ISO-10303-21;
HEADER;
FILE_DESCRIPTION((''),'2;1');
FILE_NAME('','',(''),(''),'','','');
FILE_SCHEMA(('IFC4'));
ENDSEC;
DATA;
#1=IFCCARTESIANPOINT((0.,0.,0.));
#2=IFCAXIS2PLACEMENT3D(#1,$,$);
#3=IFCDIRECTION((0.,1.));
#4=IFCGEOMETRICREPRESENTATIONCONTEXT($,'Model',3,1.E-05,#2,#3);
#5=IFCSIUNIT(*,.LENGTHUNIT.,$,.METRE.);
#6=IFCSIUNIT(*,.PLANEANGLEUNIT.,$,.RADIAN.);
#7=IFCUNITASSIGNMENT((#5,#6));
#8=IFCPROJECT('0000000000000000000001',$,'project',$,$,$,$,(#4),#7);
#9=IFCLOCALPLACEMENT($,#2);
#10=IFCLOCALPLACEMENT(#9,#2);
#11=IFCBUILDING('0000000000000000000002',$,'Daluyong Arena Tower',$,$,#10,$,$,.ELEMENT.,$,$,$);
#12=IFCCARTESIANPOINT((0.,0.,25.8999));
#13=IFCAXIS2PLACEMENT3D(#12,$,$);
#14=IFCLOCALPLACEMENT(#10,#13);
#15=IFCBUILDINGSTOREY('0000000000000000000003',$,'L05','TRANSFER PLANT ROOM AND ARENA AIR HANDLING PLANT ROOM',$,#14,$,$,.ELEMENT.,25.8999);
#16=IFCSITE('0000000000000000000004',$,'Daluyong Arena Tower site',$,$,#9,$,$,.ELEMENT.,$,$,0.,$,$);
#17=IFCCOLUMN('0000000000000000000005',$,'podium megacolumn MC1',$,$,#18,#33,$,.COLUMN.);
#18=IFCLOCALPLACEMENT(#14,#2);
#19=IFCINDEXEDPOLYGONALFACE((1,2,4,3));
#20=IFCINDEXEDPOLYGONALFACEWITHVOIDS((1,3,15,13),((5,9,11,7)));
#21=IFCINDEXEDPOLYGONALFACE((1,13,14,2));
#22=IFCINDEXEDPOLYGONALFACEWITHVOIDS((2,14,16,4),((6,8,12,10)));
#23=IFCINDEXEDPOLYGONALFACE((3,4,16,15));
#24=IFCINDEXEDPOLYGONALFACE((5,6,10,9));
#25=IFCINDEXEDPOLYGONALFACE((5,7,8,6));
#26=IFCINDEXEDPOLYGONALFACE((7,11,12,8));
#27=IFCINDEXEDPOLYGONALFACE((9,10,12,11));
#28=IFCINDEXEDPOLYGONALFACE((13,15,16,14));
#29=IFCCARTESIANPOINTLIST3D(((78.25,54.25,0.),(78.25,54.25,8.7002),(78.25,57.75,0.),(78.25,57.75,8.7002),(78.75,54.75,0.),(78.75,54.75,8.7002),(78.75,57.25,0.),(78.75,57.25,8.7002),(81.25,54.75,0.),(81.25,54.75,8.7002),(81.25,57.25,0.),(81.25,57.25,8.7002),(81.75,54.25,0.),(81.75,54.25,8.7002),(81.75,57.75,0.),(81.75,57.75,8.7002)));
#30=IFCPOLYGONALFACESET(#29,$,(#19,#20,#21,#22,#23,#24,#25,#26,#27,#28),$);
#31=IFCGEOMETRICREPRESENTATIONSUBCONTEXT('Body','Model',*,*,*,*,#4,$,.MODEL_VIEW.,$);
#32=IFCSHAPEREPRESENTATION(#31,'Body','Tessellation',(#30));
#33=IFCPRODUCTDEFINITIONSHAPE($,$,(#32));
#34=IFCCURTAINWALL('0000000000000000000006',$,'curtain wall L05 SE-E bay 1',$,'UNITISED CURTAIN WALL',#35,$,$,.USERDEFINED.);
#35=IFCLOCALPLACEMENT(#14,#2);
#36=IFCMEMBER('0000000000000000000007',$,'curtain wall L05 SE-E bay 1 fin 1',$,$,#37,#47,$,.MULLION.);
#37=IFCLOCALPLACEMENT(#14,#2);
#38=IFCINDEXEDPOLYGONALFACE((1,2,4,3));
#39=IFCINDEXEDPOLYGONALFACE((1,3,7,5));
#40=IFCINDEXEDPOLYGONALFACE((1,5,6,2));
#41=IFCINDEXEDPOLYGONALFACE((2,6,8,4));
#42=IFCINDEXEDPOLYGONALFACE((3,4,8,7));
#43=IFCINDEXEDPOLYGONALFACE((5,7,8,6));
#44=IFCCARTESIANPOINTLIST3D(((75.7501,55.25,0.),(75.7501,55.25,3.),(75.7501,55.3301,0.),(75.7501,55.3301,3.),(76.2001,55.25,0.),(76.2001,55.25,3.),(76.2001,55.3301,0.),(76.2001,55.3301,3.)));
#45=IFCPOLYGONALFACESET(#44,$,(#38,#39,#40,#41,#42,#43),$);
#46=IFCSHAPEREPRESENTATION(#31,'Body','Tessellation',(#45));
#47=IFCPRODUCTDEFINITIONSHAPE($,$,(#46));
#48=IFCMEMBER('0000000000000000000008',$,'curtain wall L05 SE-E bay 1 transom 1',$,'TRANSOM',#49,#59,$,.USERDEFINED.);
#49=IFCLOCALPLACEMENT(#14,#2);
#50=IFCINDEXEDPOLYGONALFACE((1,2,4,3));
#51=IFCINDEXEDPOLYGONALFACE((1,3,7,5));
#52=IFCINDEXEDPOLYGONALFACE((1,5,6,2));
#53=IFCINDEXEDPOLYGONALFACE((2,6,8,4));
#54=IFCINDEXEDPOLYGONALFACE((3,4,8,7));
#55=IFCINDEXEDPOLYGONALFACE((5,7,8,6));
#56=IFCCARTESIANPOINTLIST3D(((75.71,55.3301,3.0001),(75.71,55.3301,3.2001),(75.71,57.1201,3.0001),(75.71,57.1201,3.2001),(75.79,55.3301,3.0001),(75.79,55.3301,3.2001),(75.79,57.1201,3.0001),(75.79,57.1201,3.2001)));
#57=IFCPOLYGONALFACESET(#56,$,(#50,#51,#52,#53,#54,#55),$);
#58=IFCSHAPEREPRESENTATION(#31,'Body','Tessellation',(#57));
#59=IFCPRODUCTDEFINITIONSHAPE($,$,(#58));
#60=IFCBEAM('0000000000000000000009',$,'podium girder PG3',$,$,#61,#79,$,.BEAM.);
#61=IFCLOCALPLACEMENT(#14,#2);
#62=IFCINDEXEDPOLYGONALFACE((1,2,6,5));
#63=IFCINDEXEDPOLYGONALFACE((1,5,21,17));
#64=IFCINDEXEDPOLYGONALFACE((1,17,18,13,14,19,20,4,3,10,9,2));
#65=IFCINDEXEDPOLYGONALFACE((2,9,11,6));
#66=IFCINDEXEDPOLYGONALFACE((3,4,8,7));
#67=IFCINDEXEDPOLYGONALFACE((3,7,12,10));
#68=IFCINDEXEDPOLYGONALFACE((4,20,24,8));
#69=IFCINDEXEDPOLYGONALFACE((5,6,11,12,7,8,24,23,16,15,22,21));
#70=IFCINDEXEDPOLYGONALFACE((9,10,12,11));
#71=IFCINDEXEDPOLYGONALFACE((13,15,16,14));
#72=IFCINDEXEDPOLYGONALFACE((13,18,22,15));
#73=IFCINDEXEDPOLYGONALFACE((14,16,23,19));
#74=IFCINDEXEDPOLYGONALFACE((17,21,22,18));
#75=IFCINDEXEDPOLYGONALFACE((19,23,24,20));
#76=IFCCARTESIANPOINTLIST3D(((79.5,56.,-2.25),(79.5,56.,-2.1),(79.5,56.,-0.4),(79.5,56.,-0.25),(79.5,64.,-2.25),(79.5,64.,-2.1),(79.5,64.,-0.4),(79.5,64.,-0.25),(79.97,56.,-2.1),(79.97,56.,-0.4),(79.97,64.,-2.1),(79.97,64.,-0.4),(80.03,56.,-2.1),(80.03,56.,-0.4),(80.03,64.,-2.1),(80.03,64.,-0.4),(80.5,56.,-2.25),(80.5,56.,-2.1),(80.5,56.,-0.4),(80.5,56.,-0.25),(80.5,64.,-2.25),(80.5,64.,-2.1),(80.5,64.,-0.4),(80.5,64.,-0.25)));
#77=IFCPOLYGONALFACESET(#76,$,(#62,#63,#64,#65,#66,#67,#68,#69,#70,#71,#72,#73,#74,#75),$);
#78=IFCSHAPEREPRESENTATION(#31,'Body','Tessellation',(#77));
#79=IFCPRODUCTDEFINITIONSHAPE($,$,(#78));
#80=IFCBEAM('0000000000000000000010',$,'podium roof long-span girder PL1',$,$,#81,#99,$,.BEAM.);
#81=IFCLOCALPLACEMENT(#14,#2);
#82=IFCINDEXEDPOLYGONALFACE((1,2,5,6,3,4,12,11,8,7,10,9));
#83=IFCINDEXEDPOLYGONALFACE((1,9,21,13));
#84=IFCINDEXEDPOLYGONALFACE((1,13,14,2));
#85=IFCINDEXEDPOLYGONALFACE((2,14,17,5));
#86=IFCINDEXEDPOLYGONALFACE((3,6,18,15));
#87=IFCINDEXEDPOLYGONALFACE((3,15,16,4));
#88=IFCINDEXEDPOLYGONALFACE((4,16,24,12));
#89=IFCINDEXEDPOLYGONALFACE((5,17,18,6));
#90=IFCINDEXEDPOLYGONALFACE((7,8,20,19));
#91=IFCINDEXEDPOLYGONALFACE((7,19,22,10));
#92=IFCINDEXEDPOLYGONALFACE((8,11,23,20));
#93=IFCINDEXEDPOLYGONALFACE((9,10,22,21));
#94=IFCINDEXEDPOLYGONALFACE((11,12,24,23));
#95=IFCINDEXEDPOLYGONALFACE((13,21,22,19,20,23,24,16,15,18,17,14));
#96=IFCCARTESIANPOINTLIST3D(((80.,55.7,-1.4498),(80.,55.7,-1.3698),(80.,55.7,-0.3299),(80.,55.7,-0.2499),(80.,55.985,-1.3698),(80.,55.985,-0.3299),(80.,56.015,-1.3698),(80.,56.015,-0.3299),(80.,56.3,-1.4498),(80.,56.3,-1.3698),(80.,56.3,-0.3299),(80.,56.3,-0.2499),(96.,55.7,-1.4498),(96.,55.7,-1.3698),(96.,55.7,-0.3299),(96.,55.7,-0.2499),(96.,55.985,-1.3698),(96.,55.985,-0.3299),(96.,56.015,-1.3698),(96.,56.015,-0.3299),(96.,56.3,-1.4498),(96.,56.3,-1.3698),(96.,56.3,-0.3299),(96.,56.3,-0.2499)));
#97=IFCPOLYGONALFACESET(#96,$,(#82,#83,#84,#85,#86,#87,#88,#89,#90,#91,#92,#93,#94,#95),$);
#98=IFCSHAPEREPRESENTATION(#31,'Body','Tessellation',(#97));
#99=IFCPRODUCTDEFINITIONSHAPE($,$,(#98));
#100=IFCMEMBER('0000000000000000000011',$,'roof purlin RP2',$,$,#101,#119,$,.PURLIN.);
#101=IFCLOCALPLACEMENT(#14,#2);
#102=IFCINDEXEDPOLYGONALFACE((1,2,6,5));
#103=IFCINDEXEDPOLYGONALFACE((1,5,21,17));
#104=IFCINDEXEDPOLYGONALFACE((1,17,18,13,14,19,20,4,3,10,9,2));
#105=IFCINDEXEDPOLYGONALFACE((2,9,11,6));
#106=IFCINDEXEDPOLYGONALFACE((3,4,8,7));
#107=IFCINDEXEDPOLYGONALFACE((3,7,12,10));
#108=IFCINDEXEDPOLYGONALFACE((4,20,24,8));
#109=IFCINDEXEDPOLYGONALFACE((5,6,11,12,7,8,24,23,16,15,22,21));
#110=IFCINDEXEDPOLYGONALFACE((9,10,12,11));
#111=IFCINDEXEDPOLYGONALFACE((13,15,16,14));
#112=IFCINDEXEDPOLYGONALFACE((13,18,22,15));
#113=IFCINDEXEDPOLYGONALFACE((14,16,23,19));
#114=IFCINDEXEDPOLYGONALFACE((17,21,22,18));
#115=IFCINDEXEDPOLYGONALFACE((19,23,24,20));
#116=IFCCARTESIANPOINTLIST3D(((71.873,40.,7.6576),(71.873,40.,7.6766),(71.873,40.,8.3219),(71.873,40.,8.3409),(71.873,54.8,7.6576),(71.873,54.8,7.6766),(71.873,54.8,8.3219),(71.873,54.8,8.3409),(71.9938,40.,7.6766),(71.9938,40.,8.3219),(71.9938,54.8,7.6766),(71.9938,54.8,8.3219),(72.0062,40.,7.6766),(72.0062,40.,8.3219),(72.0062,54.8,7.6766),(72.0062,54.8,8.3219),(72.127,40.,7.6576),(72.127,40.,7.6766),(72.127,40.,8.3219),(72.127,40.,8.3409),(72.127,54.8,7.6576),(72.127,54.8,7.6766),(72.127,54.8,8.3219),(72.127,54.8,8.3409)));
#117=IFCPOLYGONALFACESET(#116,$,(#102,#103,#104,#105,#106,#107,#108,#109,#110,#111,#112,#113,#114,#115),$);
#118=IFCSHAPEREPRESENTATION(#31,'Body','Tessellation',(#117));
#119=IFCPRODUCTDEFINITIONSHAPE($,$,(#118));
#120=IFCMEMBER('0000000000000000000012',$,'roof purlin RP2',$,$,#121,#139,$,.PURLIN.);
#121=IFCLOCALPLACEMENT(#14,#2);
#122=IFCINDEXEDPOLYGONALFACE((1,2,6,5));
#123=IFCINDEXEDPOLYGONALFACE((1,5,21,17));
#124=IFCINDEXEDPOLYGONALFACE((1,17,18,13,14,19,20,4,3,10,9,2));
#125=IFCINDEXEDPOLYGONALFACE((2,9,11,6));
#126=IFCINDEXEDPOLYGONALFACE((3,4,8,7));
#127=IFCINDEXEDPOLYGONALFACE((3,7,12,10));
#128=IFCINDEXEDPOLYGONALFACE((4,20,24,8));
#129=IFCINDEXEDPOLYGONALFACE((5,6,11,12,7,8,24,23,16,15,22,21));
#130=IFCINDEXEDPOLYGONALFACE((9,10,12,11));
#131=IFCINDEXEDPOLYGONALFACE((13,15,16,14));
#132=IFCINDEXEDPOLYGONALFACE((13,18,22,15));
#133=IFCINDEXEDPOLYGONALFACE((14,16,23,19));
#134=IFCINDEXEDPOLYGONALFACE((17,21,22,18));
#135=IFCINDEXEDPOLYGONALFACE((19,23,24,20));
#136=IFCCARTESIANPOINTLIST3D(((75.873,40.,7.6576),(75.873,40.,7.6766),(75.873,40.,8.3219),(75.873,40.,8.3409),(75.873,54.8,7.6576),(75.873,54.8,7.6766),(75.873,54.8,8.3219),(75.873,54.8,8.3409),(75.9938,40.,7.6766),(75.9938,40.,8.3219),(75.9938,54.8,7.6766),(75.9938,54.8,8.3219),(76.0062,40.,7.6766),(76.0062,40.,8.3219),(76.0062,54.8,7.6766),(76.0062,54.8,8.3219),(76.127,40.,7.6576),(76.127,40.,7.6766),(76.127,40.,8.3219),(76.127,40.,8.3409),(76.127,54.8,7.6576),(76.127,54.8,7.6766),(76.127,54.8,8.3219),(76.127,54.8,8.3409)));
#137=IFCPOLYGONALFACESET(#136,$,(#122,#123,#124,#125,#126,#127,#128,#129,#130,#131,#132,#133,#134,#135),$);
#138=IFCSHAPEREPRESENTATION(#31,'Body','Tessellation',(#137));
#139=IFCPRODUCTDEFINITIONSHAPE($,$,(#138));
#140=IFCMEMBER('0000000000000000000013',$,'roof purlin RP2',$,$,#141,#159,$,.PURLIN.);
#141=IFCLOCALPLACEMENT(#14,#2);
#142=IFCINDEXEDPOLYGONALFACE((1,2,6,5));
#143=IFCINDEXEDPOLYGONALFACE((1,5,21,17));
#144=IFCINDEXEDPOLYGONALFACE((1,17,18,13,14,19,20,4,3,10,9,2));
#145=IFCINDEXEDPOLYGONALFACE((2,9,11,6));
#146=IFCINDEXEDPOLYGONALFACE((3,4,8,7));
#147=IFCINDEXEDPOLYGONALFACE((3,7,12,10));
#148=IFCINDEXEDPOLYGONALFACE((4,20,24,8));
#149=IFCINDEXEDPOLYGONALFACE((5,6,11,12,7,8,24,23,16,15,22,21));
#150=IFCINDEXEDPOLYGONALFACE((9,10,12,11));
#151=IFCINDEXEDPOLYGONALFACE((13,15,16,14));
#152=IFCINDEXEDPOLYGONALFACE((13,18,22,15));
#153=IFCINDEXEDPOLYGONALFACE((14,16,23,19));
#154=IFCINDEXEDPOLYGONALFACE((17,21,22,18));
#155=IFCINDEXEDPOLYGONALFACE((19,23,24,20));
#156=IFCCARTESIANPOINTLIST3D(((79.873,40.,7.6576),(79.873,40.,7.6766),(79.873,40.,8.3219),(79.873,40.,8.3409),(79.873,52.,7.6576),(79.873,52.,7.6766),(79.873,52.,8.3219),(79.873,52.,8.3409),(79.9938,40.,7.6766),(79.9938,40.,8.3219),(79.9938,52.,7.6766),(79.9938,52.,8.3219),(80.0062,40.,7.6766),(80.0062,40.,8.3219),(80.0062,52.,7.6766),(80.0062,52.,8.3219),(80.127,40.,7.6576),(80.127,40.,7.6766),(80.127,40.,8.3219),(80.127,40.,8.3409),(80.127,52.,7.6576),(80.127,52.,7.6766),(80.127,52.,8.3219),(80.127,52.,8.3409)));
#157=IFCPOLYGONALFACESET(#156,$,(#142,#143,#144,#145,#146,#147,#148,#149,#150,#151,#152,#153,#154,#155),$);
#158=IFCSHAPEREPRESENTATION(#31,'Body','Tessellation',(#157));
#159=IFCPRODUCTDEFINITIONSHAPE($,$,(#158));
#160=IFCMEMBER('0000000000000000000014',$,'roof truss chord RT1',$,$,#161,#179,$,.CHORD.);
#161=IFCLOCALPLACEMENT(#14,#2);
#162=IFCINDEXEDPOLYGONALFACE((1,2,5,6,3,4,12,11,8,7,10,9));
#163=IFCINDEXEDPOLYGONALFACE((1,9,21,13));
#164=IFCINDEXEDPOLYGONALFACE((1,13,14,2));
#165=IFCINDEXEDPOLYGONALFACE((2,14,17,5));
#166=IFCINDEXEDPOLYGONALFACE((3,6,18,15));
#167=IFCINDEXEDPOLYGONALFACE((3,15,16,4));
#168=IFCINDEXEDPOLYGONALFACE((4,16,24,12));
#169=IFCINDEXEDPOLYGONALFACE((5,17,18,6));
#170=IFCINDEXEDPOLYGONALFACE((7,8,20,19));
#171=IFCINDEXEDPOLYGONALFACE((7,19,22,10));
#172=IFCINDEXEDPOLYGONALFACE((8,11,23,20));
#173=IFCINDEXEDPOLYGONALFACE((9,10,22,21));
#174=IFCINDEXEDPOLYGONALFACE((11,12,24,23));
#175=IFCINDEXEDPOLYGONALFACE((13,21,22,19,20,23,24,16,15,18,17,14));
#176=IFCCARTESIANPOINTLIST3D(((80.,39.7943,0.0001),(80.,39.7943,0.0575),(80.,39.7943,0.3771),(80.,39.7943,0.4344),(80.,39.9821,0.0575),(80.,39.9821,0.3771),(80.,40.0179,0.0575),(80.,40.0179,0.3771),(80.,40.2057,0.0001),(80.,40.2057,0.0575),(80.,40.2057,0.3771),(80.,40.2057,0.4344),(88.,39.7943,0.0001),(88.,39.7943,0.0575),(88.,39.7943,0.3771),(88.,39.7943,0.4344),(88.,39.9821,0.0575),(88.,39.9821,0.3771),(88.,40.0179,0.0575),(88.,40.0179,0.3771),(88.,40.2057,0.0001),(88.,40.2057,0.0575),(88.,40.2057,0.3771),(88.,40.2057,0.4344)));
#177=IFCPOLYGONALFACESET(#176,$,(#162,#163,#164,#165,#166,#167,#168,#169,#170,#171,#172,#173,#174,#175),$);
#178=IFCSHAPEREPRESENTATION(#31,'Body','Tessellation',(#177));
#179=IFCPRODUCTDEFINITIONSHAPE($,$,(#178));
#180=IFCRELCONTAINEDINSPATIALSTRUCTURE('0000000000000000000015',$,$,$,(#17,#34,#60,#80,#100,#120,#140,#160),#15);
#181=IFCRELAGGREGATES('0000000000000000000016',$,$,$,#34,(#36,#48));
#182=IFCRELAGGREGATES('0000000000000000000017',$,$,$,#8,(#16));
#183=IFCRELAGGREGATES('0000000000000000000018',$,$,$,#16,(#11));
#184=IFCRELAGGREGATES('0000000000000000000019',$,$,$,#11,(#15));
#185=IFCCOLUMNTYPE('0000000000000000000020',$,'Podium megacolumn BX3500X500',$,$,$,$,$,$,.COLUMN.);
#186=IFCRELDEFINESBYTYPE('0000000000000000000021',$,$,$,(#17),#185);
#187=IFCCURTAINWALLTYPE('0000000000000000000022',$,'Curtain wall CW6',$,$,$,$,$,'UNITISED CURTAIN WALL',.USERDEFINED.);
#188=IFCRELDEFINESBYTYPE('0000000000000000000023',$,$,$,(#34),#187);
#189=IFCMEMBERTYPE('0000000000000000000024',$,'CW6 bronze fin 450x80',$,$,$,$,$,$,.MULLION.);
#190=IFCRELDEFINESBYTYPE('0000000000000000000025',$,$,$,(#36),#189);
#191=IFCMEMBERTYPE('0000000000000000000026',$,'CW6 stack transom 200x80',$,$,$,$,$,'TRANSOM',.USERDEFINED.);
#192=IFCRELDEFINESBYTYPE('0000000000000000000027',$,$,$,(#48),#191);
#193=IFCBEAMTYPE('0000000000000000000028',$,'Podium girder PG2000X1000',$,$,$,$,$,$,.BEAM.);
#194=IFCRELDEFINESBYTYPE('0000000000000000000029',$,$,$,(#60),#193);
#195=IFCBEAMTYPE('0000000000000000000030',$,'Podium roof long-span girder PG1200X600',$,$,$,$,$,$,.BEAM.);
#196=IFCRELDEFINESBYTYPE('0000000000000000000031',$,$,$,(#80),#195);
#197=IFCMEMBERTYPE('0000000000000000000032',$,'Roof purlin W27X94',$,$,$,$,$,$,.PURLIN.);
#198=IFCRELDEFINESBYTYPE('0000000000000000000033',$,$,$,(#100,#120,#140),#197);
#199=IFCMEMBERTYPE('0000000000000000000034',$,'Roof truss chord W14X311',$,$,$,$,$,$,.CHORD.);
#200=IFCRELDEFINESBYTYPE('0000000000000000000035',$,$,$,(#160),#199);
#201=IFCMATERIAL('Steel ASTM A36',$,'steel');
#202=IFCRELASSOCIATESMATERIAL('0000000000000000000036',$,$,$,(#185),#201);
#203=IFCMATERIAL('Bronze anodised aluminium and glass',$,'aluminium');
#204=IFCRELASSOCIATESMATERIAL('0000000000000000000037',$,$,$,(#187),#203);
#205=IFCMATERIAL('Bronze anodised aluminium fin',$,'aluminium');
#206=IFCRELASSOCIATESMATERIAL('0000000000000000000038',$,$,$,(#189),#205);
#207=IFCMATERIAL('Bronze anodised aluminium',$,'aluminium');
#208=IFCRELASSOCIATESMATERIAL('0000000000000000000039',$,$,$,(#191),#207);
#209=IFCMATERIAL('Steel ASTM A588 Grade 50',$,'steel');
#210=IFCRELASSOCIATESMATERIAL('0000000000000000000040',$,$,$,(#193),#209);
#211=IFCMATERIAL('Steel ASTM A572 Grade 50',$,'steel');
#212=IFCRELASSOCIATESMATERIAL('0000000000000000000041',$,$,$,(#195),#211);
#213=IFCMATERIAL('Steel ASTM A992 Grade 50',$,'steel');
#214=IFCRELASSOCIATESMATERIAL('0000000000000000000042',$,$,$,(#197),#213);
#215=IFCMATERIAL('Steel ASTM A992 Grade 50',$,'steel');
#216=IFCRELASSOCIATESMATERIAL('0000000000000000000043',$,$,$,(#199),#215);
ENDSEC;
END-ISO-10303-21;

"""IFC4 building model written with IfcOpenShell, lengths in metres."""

from ifc_helpers import new_model, si_unit, direction, frame, origin, origin_2d, place, context, subcontext, project, spatial, rectangle, hollow_rectangle, i_section, extrude, material, material_profile, profile_set, type_object, element, aggregate, save


model = new_model("IFC4")

# Units and contexts
model_context = context("Model", 3, precision=1e-05, world=origin(), true_north=direction((0.0, 1.0)))
body_context = subcontext(model_context, "Body", "Model", "MODEL_VIEW")
ifc_project = project(units=[si_unit("LENGTHUNIT", "METRE"), si_unit("PLANEANGLEUNIT", "RADIAN")], contexts=[model_context])

# Site, building, storey
site_placement = place(None, origin())
site = spatial("IfcSite", under=ifc_project, at=site_placement, Name="Daluyong Arena Tower site", CompositionType="ELEMENT", RefElevation=0.0)
building_placement = place(site_placement, origin())
building = spatial("IfcBuilding", under=site, at=building_placement, Name="Daluyong Arena Tower", CompositionType="ELEMENT")
storey_placement = place(building_placement, frame((0.0, 0.0, 25.8999)))
storey = spatial("IfcBuildingStorey", under=building, at=storey_placement, Name="L05", Description="TRANSFER PLANT ROOM AND ARENA AIR HANDLING PLANT ROOM", CompositionType="ELEMENT", Elevation=25.8999)

# Column
ifc_material_1 = material(Name="Steel ASTM A36", Category="steel")
ifc_material_profile_1 = material_profile(ifc_material_1, hollow_rectangle(XDim=3.5, YDim=3.5, WallThickness=0.5, at=origin_2d()))
ifc_profile_set_1 = profile_set([ifc_material_profile_1], Name="Steel ASTM A36")
column_type = type_object("IfcColumnType", Name="Podium megacolumn BX3500X500", PredefinedType="COLUMN", material=ifc_profile_set_1)
column_placement = place(storey_placement, frame((80.0, 56.0, 0.0), z_axis=(0.0, 0.0, 1.0), x_axis=(1.0, 0.0, 0.0)))
element("IfcColumn", 1, at=column_placement, inside=storey, type_object=column_type, Name="podium megacolumn MC1", PredefinedType="COLUMN", context=body_context, shape_type="SweptSolid", body=[
    extrude(hollow_rectangle(XDim=3.5, YDim=3.5, WallThickness=0.5, at=origin_2d()), origin(), (0.0, 0.0, 1.0), 8.7002),
])

# Curtain wall, members
ifc_material_2 = material(Name="Bronze anodised aluminium and glass", Category="aluminium")
curtain_wall_type = type_object("IfcCurtainWallType", Name="Curtain wall CW6", ElementType="UNITISED CURTAIN WALL", PredefinedType="USERDEFINED", material=ifc_material_2)
curtain_wall_placement = place(storey_placement, origin())
curtain_wall = element("IfcCurtainWall", 2, at=curtain_wall_placement, inside=storey, type_object=curtain_wall_type, Name="curtain wall L05 SE-E bay 1", ObjectType="UNITISED CURTAIN WALL", PredefinedType="USERDEFINED")
ifc_material_3 = material(Name="Bronze anodised aluminium fin", Category="aluminium")
ifc_material_profile_2 = material_profile(ifc_material_3, rectangle(XDim=0.45, YDim=0.0801, at=origin_2d()))
ifc_profile_set_2 = profile_set([ifc_material_profile_2], Name="Bronze anodised aluminium fin")
member_type_1 = type_object("IfcMemberType", Name="CW6 bronze fin 450x80", PredefinedType="MULLION", material=ifc_profile_set_2)
member_1_placement = place(storey_placement, frame((75.9751, 55.29, 0.0), z_axis=(0.0, 0.0, 1.0), x_axis=(-1.0, 0.0, 0.0)))
member_1 = element("IfcMember", 3, at=member_1_placement, type_object=member_type_1, Name="curtain wall L05 SE-E bay 1 fin 1", PredefinedType="MULLION", context=body_context, shape_type="SweptSolid", body=[
    extrude(rectangle(XDim=0.45, YDim=0.0801, at=origin_2d()), origin(), (0.0, 0.0, 1.0), 3.0),
])
ifc_material_4 = material(Name="Bronze anodised aluminium", Category="aluminium")
ifc_material_profile_3 = material_profile(ifc_material_4, rectangle(XDim=0.0801, YDim=0.2, at=origin_2d()))
ifc_profile_set_3 = profile_set([ifc_material_profile_3], Name="Bronze anodised aluminium")
member_type_2 = type_object("IfcMemberType", Name="CW6 stack transom 200x80", ElementType="TRANSOM", PredefinedType="USERDEFINED", material=ifc_profile_set_3)
member_2_placement = place(storey_placement, frame((75.75, 55.3301, 3.1001), z_axis=(0.0, 1.0, 0.0), x_axis=(-1.0, 0.0, 0.0)))
member_2 = element("IfcMember", 4, at=member_2_placement, type_object=member_type_2, Name="curtain wall L05 SE-E bay 1 transom 1", ObjectType="TRANSOM", PredefinedType="USERDEFINED", context=body_context, shape_type="SweptSolid", body=[
    extrude(rectangle(XDim=0.0801, YDim=0.2, at=origin_2d()), origin(), (0.0, 0.0, 1.0), 1.79),
])
aggregate(curtain_wall, [member_1, member_2])

# Beams
ifc_material_5 = material(Name="Steel ASTM A588 Grade 50", Category="steel")
ifc_material_profile_4 = material_profile(ifc_material_5, i_section(OverallWidth=1.0, OverallDepth=2.0, WebThickness=0.06, FlangeThickness=0.15, at=origin_2d()))
ifc_profile_set_4 = profile_set([ifc_material_profile_4], Name="Steel ASTM A588 Grade 50")
beam_type_1 = type_object("IfcBeamType", Name="Podium girder PG2000X1000", PredefinedType="BEAM", material=ifc_profile_set_4)
beam_1_placement = place(storey_placement, frame((80.0, 56.0, -1.25), z_axis=(0.0, 1.0, 0.0), x_axis=(-1.0, 0.0, 0.0)))
element("IfcBeam", 5, at=beam_1_placement, inside=storey, type_object=beam_type_1, Name="podium girder PG3", PredefinedType="BEAM", context=body_context, shape_type="SweptSolid", body=[
    extrude(i_section(OverallWidth=1.0, OverallDepth=2.0, WebThickness=0.06, FlangeThickness=0.15, at=origin_2d()), origin(), (0.0, 0.0, 1.0), 8.0),
])
ifc_material_6 = material(Name="Steel ASTM A572 Grade 50", Category="steel")
ifc_material_profile_5 = material_profile(ifc_material_6, i_section(OverallWidth=0.6001, OverallDepth=1.2, WebThickness=0.03, FlangeThickness=0.08, at=origin_2d()))
ifc_profile_set_5 = profile_set([ifc_material_profile_5], Name="Steel ASTM A572 Grade 50")
beam_type_2 = type_object("IfcBeamType", Name="Podium roof long-span girder PG1200X600", PredefinedType="BEAM", material=ifc_profile_set_5)
beam_2_placement = place(storey_placement, frame((80.0, 56.0, -0.8499), z_axis=(1.0, 0.0, 0.0), x_axis=(0.0, 1.0, 0.0)))
element("IfcBeam", 6, at=beam_2_placement, inside=storey, type_object=beam_type_2, Name="podium roof long-span girder PL1", PredefinedType="BEAM", context=body_context, shape_type="SweptSolid", body=[
    extrude(i_section(OverallWidth=0.6001, OverallDepth=1.2, WebThickness=0.03, FlangeThickness=0.08, at=origin_2d()), origin(), (0.0, 0.0, 1.0), 16.0),
])

# Members
ifc_material_7 = material(Name="Steel ASTM A992 Grade 50", Category="steel")
ifc_material_profile_6 = material_profile(ifc_material_7, i_section(OverallWidth=0.2539, OverallDepth=0.6833, WebThickness=0.0125, FlangeThickness=0.019, at=origin_2d()))
ifc_profile_set_6 = profile_set([ifc_material_profile_6], Name="Steel ASTM A992 Grade 50")
member_type_3 = type_object("IfcMemberType", Name="Roof purlin W27X94", PredefinedType="PURLIN", material=ifc_profile_set_6)
for number, where, z_axis, x_axis, name in (
    (7, (72.0, 40.0, 7.9993), (0.0, 1.0, 0.0), (-1.0, 0.0, 0.0), "roof purlin RP2"),
    (8, (76.0, 40.0, 7.9993), (0.0, 1.0, 0.0), (-1.0, 0.0, 0.0), "roof purlin RP2"),
):
    element("IfcMember", number, at=place(storey_placement, frame(where, z_axis=z_axis, x_axis=x_axis)), inside=storey, type_object=member_type_3, Name=name, PredefinedType="PURLIN", context=body_context, shape_type="SweptSolid", body=[
        extrude(i_section(OverallWidth=0.2539, OverallDepth=0.6833, WebThickness=0.0125, FlangeThickness=0.019, at=origin_2d()), origin(), (0.0, 0.0, 1.0), 14.8),
    ])
member_3_placement = place(storey_placement, frame((80.0, 40.0, 7.9993), z_axis=(0.0, 1.0, 0.0), x_axis=(-1.0, 0.0, 0.0)))
element("IfcMember", 9, at=member_3_placement, inside=storey, type_object=member_type_3, Name="roof purlin RP2", PredefinedType="PURLIN", context=body_context, shape_type="SweptSolid", body=[
    extrude(i_section(OverallWidth=0.2539, OverallDepth=0.6833, WebThickness=0.0125, FlangeThickness=0.019, at=origin_2d()), origin(), (0.0, 0.0, 1.0), 12.0),
])
ifc_material_8 = material(Name="Steel ASTM A992 Grade 50", Category="steel")
ifc_material_profile_7 = material_profile(ifc_material_8, i_section(OverallWidth=0.4114, OverallDepth=0.4343, WebThickness=0.0359, FlangeThickness=0.0574, at=origin_2d()))
ifc_profile_set_7 = profile_set([ifc_material_profile_7], Name="Steel ASTM A992 Grade 50")
member_type_4 = type_object("IfcMemberType", Name="Roof truss chord W14X311", PredefinedType="CHORD", material=ifc_profile_set_7)
for number, where, z_axis, x_axis, name in (
    (10, (80.0, 40.0, 0.2173), (1.0, 0.0, 0.0), (0.0, 1.0, 0.0), "roof truss chord RT1"),
):
    element("IfcMember", number, at=place(storey_placement, frame(where, z_axis=z_axis, x_axis=x_axis)), inside=storey, type_object=member_type_4, Name=name, PredefinedType="CHORD", context=body_context, shape_type="SweptSolid", body=[
        extrude(i_section(OverallWidth=0.4114, OverallDepth=0.4343, WebThickness=0.0359, FlangeThickness=0.0574, at=origin_2d()), origin(), (0.0, 0.0, 1.0), 8.0),
    ])

save(model, "model.ifc")
